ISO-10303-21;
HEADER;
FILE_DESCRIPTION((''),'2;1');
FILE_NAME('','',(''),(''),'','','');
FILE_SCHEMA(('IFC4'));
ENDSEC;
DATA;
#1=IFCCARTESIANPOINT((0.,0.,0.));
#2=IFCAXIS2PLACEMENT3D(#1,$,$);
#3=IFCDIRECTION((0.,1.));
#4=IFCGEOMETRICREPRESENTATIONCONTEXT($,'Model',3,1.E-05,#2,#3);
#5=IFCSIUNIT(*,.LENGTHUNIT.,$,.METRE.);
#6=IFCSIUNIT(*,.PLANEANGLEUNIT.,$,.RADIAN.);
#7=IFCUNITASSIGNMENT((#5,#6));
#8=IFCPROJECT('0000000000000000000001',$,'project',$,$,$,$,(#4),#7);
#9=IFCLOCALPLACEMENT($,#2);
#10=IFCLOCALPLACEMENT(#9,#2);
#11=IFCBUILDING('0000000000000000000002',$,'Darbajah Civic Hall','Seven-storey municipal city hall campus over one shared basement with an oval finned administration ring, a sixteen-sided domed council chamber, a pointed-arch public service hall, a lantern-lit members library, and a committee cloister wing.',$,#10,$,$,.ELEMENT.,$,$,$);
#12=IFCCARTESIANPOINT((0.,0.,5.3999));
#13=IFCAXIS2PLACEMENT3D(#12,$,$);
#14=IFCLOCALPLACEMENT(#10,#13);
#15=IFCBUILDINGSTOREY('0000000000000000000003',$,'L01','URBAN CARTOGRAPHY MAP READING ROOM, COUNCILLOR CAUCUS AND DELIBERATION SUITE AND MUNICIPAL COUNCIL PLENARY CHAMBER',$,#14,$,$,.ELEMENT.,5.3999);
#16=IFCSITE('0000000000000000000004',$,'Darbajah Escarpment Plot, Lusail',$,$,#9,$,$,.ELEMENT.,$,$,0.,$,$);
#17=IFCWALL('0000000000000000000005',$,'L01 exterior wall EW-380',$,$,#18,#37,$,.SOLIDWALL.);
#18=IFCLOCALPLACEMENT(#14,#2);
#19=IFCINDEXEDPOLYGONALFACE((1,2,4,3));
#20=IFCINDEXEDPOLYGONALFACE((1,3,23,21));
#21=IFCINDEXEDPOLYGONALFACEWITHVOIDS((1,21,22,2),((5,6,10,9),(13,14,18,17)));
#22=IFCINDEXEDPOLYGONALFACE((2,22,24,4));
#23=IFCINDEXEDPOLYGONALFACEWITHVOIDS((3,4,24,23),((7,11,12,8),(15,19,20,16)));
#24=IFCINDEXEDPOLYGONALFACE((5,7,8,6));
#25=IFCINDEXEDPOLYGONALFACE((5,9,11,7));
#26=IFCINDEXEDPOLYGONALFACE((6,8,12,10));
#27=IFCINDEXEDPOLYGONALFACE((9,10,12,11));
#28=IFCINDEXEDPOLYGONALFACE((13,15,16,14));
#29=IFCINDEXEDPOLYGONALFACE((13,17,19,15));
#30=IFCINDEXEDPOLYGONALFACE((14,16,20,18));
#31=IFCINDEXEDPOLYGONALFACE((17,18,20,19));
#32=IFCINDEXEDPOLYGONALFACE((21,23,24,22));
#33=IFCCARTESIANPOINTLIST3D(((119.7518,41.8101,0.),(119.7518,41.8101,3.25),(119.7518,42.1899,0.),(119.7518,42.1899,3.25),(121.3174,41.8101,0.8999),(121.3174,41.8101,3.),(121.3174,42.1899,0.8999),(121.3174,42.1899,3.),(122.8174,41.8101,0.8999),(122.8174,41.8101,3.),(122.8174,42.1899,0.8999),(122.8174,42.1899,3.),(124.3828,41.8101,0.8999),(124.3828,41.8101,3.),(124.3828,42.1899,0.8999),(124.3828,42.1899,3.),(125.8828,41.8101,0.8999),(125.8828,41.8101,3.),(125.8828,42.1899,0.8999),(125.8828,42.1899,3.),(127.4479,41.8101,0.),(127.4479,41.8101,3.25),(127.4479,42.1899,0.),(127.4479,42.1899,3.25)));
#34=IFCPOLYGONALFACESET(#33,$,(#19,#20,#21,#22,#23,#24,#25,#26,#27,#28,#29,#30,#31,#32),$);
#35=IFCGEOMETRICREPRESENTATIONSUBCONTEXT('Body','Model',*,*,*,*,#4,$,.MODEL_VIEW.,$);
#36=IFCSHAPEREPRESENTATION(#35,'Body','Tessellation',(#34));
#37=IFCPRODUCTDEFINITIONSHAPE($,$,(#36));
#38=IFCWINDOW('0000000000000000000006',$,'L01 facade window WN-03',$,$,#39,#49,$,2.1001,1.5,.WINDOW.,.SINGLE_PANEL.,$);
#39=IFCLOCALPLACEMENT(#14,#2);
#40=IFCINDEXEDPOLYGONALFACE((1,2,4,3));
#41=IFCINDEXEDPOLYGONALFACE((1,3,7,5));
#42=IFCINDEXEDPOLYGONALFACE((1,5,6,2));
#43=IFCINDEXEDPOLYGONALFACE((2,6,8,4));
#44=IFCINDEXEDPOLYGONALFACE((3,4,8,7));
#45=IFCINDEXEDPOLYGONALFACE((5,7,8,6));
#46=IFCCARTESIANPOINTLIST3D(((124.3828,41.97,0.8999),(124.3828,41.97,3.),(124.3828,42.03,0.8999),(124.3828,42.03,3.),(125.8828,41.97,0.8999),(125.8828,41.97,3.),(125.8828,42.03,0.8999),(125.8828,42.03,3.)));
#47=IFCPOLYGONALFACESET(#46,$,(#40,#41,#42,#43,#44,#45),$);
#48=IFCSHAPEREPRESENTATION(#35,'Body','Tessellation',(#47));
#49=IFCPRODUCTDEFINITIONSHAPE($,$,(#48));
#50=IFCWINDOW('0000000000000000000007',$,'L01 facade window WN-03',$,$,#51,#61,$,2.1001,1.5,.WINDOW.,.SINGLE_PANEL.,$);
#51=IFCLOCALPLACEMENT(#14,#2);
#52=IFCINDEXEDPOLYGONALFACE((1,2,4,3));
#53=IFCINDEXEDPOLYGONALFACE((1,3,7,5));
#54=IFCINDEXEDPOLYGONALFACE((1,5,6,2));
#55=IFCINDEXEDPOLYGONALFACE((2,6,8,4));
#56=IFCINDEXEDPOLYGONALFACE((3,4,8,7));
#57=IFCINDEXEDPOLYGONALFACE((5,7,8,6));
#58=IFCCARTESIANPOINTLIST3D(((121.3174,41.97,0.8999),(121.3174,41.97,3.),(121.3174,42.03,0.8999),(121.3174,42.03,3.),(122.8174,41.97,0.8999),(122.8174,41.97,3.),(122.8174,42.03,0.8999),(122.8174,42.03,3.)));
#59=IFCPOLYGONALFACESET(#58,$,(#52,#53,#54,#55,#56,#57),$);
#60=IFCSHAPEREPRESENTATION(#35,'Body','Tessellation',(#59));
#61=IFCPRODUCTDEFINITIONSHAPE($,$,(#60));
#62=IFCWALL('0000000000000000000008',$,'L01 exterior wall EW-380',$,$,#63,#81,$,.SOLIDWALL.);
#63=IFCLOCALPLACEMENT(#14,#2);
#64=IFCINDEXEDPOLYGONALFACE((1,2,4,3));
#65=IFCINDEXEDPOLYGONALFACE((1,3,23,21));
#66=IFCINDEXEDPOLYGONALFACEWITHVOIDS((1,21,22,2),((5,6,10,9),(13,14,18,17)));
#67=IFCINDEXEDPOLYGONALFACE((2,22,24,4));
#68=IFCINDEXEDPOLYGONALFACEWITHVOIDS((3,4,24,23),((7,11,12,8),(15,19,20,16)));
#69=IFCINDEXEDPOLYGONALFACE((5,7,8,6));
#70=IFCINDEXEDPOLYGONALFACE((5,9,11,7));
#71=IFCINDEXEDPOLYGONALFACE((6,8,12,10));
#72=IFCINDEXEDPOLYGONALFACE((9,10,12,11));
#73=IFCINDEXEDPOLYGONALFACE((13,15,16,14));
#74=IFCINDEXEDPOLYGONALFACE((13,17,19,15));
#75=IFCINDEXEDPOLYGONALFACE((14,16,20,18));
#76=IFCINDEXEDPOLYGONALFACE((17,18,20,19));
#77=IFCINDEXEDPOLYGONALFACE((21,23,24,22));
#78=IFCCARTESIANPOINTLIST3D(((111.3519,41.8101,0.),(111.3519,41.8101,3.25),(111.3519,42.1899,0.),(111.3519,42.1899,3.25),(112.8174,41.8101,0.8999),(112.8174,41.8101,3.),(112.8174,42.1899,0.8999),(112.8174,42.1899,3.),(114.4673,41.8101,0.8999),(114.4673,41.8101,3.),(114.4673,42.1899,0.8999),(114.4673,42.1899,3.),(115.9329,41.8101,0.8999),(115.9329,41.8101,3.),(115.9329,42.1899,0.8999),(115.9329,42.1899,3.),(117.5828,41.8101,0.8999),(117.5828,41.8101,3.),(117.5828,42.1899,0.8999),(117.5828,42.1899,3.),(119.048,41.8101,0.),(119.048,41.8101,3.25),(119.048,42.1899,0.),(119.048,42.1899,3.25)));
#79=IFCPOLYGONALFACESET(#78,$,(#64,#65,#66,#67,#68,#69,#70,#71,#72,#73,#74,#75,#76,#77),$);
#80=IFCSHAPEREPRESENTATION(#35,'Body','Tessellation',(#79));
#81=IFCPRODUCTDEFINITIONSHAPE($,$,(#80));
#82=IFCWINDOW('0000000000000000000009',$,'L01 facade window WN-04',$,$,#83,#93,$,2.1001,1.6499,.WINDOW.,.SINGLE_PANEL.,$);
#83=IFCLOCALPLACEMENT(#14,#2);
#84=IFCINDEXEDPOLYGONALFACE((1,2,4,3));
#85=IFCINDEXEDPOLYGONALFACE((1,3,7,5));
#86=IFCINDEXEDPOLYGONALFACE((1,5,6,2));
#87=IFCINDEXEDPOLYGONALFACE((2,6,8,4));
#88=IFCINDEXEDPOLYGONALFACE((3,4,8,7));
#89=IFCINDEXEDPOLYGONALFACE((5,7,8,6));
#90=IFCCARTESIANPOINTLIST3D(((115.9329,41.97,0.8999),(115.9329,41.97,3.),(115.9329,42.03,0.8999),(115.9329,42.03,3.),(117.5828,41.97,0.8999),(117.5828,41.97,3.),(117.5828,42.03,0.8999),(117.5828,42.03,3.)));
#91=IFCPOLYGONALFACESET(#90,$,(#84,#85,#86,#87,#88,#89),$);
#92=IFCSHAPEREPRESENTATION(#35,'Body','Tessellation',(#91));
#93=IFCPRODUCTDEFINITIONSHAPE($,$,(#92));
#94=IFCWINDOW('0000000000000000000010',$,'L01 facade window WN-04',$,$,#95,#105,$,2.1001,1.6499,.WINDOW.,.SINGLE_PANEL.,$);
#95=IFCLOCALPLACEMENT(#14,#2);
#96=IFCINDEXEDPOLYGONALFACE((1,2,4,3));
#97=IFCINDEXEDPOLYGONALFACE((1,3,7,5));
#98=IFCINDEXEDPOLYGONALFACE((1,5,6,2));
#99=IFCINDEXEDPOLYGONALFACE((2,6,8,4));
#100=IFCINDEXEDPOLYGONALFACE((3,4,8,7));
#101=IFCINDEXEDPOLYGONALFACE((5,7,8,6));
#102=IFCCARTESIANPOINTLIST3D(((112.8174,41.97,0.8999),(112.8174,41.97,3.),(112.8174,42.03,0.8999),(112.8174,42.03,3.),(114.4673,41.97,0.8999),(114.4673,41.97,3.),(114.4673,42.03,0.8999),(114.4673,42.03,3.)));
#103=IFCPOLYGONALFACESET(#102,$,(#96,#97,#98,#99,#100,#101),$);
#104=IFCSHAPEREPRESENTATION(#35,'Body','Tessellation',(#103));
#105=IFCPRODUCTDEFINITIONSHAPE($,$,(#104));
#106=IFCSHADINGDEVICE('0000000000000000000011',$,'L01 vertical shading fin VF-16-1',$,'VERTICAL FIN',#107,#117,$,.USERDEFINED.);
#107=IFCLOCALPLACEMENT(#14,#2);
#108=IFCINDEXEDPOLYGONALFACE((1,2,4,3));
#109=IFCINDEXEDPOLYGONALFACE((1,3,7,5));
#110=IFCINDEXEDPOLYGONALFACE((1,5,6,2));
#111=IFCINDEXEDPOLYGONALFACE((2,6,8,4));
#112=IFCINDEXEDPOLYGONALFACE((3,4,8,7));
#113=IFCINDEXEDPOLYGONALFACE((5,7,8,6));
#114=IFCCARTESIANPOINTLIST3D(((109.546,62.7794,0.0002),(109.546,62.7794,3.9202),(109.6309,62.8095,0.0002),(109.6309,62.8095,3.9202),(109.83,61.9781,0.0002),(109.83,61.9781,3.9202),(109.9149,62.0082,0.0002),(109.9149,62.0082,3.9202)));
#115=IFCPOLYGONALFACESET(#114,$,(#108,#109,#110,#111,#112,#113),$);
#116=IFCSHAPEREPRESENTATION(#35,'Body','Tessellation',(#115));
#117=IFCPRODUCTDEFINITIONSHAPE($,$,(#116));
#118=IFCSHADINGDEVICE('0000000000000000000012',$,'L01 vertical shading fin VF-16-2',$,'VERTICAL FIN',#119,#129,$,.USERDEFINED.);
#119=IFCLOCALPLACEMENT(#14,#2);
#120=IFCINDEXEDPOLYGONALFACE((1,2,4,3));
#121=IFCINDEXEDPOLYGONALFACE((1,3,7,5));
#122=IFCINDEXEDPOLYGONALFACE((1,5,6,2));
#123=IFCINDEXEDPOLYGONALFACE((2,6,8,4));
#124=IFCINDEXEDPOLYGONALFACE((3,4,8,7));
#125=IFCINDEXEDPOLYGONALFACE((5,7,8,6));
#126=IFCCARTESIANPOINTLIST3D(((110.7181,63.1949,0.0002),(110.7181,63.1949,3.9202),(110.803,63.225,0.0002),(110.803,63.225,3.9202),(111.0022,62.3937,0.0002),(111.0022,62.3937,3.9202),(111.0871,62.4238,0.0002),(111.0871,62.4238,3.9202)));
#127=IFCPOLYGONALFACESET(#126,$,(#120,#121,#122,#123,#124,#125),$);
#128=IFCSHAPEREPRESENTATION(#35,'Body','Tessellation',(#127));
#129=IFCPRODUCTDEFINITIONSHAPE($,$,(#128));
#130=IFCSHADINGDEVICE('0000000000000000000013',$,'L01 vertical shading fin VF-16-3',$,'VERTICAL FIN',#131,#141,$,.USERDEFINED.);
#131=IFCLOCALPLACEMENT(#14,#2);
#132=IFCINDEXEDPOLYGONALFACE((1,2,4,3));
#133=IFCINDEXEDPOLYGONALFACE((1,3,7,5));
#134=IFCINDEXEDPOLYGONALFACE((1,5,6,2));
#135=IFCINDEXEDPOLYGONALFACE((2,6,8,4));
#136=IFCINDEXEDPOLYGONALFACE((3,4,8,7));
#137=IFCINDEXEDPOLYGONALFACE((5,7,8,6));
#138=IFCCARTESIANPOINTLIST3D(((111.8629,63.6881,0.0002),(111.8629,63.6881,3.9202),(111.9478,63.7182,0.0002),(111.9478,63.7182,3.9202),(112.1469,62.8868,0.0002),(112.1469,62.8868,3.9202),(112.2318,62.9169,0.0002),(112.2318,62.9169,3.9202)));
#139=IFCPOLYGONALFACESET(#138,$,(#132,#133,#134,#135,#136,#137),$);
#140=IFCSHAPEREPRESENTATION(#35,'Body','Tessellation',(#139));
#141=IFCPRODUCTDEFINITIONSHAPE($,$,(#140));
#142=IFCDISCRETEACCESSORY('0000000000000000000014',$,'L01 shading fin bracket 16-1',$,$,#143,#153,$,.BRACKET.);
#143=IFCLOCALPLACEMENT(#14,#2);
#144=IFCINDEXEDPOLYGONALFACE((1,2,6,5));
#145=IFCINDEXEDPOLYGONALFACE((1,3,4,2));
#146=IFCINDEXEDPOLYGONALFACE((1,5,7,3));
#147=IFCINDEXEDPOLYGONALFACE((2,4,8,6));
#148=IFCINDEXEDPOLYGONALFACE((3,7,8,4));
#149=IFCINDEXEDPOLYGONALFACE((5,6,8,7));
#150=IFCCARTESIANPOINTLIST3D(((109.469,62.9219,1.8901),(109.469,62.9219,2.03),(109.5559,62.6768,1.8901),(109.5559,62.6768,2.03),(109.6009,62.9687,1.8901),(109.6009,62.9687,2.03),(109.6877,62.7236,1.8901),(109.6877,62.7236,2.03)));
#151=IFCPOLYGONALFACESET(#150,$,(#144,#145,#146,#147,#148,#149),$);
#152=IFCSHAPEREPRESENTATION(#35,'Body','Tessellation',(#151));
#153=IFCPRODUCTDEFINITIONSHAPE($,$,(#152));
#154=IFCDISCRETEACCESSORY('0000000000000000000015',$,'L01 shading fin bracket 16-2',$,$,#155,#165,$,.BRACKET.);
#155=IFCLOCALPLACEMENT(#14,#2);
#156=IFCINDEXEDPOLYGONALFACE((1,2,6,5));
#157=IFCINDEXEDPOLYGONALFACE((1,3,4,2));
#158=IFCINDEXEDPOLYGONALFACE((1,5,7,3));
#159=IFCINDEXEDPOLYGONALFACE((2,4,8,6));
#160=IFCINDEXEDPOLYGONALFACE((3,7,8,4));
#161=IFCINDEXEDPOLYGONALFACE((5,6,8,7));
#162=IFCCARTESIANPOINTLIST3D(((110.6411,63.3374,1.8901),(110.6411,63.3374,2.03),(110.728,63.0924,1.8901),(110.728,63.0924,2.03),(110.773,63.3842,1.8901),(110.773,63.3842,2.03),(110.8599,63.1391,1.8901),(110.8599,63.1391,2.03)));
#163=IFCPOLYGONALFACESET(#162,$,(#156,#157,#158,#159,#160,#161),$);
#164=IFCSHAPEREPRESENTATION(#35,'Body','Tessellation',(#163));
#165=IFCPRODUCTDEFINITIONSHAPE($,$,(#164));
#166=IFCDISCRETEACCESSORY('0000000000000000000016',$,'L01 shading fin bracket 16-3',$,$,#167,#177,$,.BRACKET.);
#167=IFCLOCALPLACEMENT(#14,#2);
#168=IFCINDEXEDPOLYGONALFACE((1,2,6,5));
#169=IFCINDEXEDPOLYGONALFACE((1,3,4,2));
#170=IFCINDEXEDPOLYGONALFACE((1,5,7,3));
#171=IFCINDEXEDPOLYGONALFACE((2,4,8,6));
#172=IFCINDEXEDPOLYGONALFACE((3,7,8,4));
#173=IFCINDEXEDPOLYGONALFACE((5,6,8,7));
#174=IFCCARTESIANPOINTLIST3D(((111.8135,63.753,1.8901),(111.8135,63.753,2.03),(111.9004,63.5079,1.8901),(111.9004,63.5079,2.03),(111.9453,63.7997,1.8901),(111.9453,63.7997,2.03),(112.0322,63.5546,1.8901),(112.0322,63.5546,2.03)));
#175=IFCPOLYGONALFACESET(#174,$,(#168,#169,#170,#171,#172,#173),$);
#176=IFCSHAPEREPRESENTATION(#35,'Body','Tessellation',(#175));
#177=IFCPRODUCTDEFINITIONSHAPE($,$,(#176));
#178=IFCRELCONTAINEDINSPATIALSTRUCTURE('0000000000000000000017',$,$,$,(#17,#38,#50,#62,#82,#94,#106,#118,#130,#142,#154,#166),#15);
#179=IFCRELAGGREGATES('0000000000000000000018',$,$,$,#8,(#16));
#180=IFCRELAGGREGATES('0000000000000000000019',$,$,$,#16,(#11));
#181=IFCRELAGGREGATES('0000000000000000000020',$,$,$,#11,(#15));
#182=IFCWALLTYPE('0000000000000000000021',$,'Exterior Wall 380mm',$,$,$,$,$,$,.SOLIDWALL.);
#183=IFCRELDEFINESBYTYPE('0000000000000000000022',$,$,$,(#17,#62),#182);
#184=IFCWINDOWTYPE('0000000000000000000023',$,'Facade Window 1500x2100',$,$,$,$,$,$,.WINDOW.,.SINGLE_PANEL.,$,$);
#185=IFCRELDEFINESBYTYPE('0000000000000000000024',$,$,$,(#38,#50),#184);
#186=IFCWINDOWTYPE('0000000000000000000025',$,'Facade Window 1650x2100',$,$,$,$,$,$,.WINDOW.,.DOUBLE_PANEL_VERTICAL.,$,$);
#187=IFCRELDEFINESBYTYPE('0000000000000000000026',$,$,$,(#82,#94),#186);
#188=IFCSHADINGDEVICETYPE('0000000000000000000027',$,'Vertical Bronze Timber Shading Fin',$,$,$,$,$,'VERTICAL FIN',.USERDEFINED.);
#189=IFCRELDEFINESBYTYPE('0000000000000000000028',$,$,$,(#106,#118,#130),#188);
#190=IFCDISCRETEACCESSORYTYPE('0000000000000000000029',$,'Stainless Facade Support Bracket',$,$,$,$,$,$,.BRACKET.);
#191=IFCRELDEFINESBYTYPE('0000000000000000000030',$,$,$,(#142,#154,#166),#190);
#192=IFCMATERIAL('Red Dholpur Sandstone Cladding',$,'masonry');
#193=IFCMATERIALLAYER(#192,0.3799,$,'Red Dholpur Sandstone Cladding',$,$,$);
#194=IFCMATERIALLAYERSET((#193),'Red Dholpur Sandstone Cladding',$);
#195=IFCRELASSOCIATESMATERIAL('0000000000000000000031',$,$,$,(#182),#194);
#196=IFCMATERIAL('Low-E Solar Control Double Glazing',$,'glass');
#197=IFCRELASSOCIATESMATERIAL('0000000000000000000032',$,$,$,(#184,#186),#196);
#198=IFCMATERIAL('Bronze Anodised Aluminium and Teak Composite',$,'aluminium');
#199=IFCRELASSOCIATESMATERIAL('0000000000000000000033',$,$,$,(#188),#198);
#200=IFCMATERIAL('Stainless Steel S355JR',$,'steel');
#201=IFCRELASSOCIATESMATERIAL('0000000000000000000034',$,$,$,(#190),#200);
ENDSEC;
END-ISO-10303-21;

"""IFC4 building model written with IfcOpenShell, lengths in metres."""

from ifc_helpers import new_model, si_unit, direction, frame, frame_2d, origin, origin_2d, place, context, subcontext, project, spatial, rectangle, extrude, material, layer, layer_set, type_object, element, fill, save


model = new_model("IFC4")

# Units and contexts
model_context = context("Model", 3, precision=1e-05, world=origin(), true_north=direction((0.0, 1.0)))
body_context = subcontext(model_context, "Body", "Model", "MODEL_VIEW")
ifc_project = project(units=[si_unit("LENGTHUNIT", "METRE"), si_unit("PLANEANGLEUNIT", "RADIAN")], contexts=[model_context])

# Site, building, storey
site_placement = place(None, origin())
site = spatial("IfcSite", under=ifc_project, at=site_placement, Name="Darbajah Escarpment Plot, Lusail", CompositionType="ELEMENT", RefElevation=0.0)
building_placement = place(site_placement, origin())
building = spatial("IfcBuilding", under=site, at=building_placement, Name="Darbajah Civic Hall", Description="Seven-storey municipal city hall campus over one shared basement with an oval finned administration ring, a sixteen-sided domed council chamber, a pointed-arch public service hall, a lantern-lit members library, and a committee cloister wing.", CompositionType="ELEMENT")
storey_placement = place(building_placement, frame((0.0, 0.0, 5.3999)))
storey = spatial("IfcBuildingStorey", under=building, at=storey_placement, Name="L01", Description="URBAN CARTOGRAPHY MAP READING ROOM, COUNCILLOR CAUCUS AND DELIBERATION SUITE AND MUNICIPAL COUNCIL PLENARY CHAMBER", CompositionType="ELEMENT", Elevation=5.3999)

# Shared definitions
ifc_material_1 = material(Name="Low-E Solar Control Double Glazing", Category="glass")

# Walls, openings, windows
ifc_material_2 = material(Name="Red Dholpur Sandstone Cladding", Category="masonry")
ifc_layer_1 = layer(ifc_material_2, 0.3799, Name="Red Dholpur Sandstone Cladding")
ifc_layer_set_1 = layer_set([ifc_layer_1], Name="Red Dholpur Sandstone Cladding")
wall_type = type_object("IfcWallType", Name="Exterior Wall 380mm", PredefinedType="SOLIDWALL", material=ifc_layer_set_1)
wall_1_placement = place(storey_placement, frame((127.448, 42.0, 0.0), z_axis=(0.0, 0.0, 1.0), x_axis=(-1.0, 0.0, 0.0)))
wall_1 = element("IfcWall", 1, at=wall_1_placement, inside=storey, type_object=wall_type, Name="L01 exterior wall EW-380", PredefinedType="SOLIDWALL", context=body_context, shape_type="SweptSolid", body=[
    extrude(rectangle(XDim=7.696, YDim=0.3799, at=frame_2d((3.8481, 0.0))), origin(), (0.0, 0.0, 1.0), 3.25),
])
opening_1_placement = place(wall_1_placement, frame((1.5652, 0.0, 0.8999)))
opening_1 = element("IfcOpeningElement", 2, at=opening_1_placement, cuts=wall_1, PredefinedType="OPENING", context=body_context, shape_type="SweptSolid", body=[
    extrude(rectangle(XDim=1.5, YDim=2.1001, at=frame_2d((0.75, 1.05))), frame((0.0, 0.2, 0.0), z_axis=(0.0, -1.0, 0.0), x_axis=(1.0, 0.0, 0.0)), (0.0, 0.0, 1.0), 0.3999),
])
opening_2_placement = place(wall_1_placement, frame((4.6306, 0.0, 0.8999)))
opening_2 = element("IfcOpeningElement", 3, at=opening_2_placement, cuts=wall_1, PredefinedType="OPENING", context=body_context, shape_type="SweptSolid", body=[
    extrude(rectangle(XDim=1.5, YDim=2.1001, at=frame_2d((0.75, 1.05))), frame((0.0, 0.2, 0.0), z_axis=(0.0, -1.0, 0.0), x_axis=(1.0, 0.0, 0.0)), (0.0, 0.0, 1.0), 0.3999),
])
window_type_1 = type_object("IfcWindowType", Name="Facade Window 1500x2100", PartitioningType="SINGLE_PANEL", PredefinedType="WINDOW", material=ifc_material_1)
window_1_placement = place(opening_1_placement, origin())
window_1 = element("IfcWindow", 4, at=window_1_placement, inside=storey, type_object=window_type_1, Name="L01 facade window WN-03", OverallHeight=2.1001, OverallWidth=1.5, PartitioningType="SINGLE_PANEL", PredefinedType="WINDOW", context=body_context, shape_type="SweptSolid", body=[
    extrude(rectangle(XDim=1.5, YDim=2.1001, at=frame_2d((0.75, 1.05))), frame((0.0, 0.03, 0.0), z_axis=(0.0, -1.0, 0.0), x_axis=(1.0, 0.0, 0.0)), (0.0, 0.0, 1.0), 0.0601),
])
fill(opening_1, window_1)
window_2_placement = place(opening_2_placement, origin())
window_2 = element("IfcWindow", 5, at=window_2_placement, inside=storey, type_object=window_type_1, Name="L01 facade window WN-03", OverallHeight=2.1001, OverallWidth=1.5, PartitioningType="SINGLE_PANEL", PredefinedType="WINDOW", context=body_context, shape_type="SweptSolid", body=[
    extrude(rectangle(XDim=1.5, YDim=2.1001, at=frame_2d((0.75, 1.05))), frame((0.0, 0.03, 0.0), z_axis=(0.0, -1.0, 0.0), x_axis=(1.0, 0.0, 0.0)), (0.0, 0.0, 1.0), 0.0601),
])
fill(opening_2, window_2)
wall_2_placement = place(storey_placement, frame((119.0481, 42.0, 0.0), z_axis=(0.0, 0.0, 1.0), x_axis=(-1.0, 0.0, 0.0)))
wall_2 = element("IfcWall", 6, at=wall_2_placement, inside=storey, type_object=wall_type, Name="L01 exterior wall EW-380", PredefinedType="SOLIDWALL", context=body_context, shape_type="SweptSolid", body=[
    extrude(rectangle(XDim=7.696, YDim=0.3799, at=frame_2d((3.8481, 0.0))), origin(), (0.0, 0.0, 1.0), 3.25),
])
opening_3_placement = place(wall_2_placement, frame((1.4653, 0.0, 0.8999)))
opening_3 = element("IfcOpeningElement", 7, at=opening_3_placement, cuts=wall_2, PredefinedType="OPENING", context=body_context, shape_type="SweptSolid", body=[
    extrude(rectangle(XDim=1.6499, YDim=2.1001, at=frame_2d((0.825, 1.05))), frame((0.0, 0.2, 0.0), z_axis=(0.0, -1.0, 0.0), x_axis=(1.0, 0.0, 0.0)), (0.0, 0.0, 1.0), 0.3999),
])
opening_4_placement = place(wall_2_placement, frame((4.5808, 0.0, 0.8999)))
opening_4 = element("IfcOpeningElement", 8, at=opening_4_placement, cuts=wall_2, PredefinedType="OPENING", context=body_context, shape_type="SweptSolid", body=[
    extrude(rectangle(XDim=1.6499, YDim=2.1001, at=frame_2d((0.825, 1.05))), frame((0.0, 0.2, 0.0), z_axis=(0.0, -1.0, 0.0), x_axis=(1.0, 0.0, 0.0)), (0.0, 0.0, 1.0), 0.3999),
])
window_type_2 = type_object("IfcWindowType", Name="Facade Window 1650x2100", PartitioningType="DOUBLE_PANEL_VERTICAL", PredefinedType="WINDOW", material=ifc_material_1)
window_3_placement = place(opening_3_placement, origin())
window_3 = element("IfcWindow", 9, at=window_3_placement, inside=storey, type_object=window_type_2, Name="L01 facade window WN-04", OverallHeight=2.1001, OverallWidth=1.6499, PartitioningType="SINGLE_PANEL", PredefinedType="WINDOW", context=body_context, shape_type="SweptSolid", body=[
    extrude(rectangle(XDim=1.6499, YDim=2.1001, at=frame_2d((0.825, 1.05))), frame((0.0, 0.03, 0.0), z_axis=(0.0, -1.0, 0.0), x_axis=(1.0, 0.0, 0.0)), (0.0, 0.0, 1.0), 0.0601),
])
fill(opening_3, window_3)
window_4_placement = place(opening_4_placement, origin())
window_4 = element("IfcWindow", 10, at=window_4_placement, inside=storey, type_object=window_type_2, Name="L01 facade window WN-04", OverallHeight=2.1001, OverallWidth=1.6499, PartitioningType="SINGLE_PANEL", PredefinedType="WINDOW", context=body_context, shape_type="SweptSolid", body=[
    extrude(rectangle(XDim=1.6499, YDim=2.1001, at=frame_2d((0.825, 1.05))), frame((0.0, 0.03, 0.0), z_axis=(0.0, -1.0, 0.0), x_axis=(1.0, 0.0, 0.0)), (0.0, 0.0, 1.0), 0.0601),
])
fill(opening_4, window_4)

# Shading devices
ifc_material_3 = material(Name="Bronze Anodised Aluminium and Teak Composite", Category="aluminium")
shading_device_type = type_object("IfcShadingDeviceType", Name="Vertical Bronze Timber Shading Fin", ElementType="VERTICAL FIN", PredefinedType="USERDEFINED", material=ifc_material_3)
for number, where, z_axis, x_axis, name in (
    (11, (109.7305, 62.3938, 0.0002), (0.0, 0.0, 1.0), (0.334136, -0.942525, 0.0), "L01 vertical shading fin VF-16-1"),
    (12, (110.9026, 62.8093, 0.0002), (0.0, 0.0, 1.0), (0.334136, -0.942525, 0.0), "L01 vertical shading fin VF-16-2"),
    (13, (112.0474, 63.3025, 0.0002), (0.0, 0.0, 1.0), (0.334136, -0.942525, 0.0), "L01 vertical shading fin VF-16-3"),
):
    element("IfcShadingDevice", number, at=place(storey_placement, frame(where, z_axis=z_axis, x_axis=x_axis)), inside=storey, type_object=shading_device_type, Name=name, ObjectType="VERTICAL FIN", PredefinedType="USERDEFINED", context=body_context, shape_type="SweptSolid", body=[
        extrude(rectangle(XDim=0.8501, YDim=0.0901, at=origin_2d()), origin(), (0.0, 0.0, 1.0), 3.9199),
    ])

# Discrete accessories
ifc_material_4 = material(Name="Stainless Steel S355JR", Category="steel")
discrete_accessory_type = type_object("IfcDiscreteAccessoryType", Name="Stainless Facade Support Bracket", PredefinedType="BRACKET", material=ifc_material_4)
for number, where, z_axis, x_axis, name in (
    (14, (109.5784, 62.8228, 1.8901), (0.0, 0.0, 1.0), (0.334136, -0.942525, 0.0), "L01 shading fin bracket 16-1"),
    (15, (110.7505, 63.2383, 1.8901), (0.0, 0.0, 1.0), (0.334136, -0.942525, 0.0), "L01 shading fin bracket 16-2"),
    (16, (111.9229, 63.6538, 1.8901), (0.0, 0.0, 1.0), (0.334136, -0.942525, 0.0), "L01 shading fin bracket 16-3"),
):
    element("IfcDiscreteAccessory", number, at=place(storey_placement, frame(where, z_axis=z_axis, x_axis=x_axis)), inside=storey, type_object=discrete_accessory_type, Name=name, PredefinedType="BRACKET", context=body_context, shape_type="SweptSolid", body=[
        extrude(rectangle(XDim=0.26, YDim=0.1399, at=origin_2d()), origin(), (0.0, 0.0, 1.0), 0.1399),
    ])

save(model, "model.ifc")
